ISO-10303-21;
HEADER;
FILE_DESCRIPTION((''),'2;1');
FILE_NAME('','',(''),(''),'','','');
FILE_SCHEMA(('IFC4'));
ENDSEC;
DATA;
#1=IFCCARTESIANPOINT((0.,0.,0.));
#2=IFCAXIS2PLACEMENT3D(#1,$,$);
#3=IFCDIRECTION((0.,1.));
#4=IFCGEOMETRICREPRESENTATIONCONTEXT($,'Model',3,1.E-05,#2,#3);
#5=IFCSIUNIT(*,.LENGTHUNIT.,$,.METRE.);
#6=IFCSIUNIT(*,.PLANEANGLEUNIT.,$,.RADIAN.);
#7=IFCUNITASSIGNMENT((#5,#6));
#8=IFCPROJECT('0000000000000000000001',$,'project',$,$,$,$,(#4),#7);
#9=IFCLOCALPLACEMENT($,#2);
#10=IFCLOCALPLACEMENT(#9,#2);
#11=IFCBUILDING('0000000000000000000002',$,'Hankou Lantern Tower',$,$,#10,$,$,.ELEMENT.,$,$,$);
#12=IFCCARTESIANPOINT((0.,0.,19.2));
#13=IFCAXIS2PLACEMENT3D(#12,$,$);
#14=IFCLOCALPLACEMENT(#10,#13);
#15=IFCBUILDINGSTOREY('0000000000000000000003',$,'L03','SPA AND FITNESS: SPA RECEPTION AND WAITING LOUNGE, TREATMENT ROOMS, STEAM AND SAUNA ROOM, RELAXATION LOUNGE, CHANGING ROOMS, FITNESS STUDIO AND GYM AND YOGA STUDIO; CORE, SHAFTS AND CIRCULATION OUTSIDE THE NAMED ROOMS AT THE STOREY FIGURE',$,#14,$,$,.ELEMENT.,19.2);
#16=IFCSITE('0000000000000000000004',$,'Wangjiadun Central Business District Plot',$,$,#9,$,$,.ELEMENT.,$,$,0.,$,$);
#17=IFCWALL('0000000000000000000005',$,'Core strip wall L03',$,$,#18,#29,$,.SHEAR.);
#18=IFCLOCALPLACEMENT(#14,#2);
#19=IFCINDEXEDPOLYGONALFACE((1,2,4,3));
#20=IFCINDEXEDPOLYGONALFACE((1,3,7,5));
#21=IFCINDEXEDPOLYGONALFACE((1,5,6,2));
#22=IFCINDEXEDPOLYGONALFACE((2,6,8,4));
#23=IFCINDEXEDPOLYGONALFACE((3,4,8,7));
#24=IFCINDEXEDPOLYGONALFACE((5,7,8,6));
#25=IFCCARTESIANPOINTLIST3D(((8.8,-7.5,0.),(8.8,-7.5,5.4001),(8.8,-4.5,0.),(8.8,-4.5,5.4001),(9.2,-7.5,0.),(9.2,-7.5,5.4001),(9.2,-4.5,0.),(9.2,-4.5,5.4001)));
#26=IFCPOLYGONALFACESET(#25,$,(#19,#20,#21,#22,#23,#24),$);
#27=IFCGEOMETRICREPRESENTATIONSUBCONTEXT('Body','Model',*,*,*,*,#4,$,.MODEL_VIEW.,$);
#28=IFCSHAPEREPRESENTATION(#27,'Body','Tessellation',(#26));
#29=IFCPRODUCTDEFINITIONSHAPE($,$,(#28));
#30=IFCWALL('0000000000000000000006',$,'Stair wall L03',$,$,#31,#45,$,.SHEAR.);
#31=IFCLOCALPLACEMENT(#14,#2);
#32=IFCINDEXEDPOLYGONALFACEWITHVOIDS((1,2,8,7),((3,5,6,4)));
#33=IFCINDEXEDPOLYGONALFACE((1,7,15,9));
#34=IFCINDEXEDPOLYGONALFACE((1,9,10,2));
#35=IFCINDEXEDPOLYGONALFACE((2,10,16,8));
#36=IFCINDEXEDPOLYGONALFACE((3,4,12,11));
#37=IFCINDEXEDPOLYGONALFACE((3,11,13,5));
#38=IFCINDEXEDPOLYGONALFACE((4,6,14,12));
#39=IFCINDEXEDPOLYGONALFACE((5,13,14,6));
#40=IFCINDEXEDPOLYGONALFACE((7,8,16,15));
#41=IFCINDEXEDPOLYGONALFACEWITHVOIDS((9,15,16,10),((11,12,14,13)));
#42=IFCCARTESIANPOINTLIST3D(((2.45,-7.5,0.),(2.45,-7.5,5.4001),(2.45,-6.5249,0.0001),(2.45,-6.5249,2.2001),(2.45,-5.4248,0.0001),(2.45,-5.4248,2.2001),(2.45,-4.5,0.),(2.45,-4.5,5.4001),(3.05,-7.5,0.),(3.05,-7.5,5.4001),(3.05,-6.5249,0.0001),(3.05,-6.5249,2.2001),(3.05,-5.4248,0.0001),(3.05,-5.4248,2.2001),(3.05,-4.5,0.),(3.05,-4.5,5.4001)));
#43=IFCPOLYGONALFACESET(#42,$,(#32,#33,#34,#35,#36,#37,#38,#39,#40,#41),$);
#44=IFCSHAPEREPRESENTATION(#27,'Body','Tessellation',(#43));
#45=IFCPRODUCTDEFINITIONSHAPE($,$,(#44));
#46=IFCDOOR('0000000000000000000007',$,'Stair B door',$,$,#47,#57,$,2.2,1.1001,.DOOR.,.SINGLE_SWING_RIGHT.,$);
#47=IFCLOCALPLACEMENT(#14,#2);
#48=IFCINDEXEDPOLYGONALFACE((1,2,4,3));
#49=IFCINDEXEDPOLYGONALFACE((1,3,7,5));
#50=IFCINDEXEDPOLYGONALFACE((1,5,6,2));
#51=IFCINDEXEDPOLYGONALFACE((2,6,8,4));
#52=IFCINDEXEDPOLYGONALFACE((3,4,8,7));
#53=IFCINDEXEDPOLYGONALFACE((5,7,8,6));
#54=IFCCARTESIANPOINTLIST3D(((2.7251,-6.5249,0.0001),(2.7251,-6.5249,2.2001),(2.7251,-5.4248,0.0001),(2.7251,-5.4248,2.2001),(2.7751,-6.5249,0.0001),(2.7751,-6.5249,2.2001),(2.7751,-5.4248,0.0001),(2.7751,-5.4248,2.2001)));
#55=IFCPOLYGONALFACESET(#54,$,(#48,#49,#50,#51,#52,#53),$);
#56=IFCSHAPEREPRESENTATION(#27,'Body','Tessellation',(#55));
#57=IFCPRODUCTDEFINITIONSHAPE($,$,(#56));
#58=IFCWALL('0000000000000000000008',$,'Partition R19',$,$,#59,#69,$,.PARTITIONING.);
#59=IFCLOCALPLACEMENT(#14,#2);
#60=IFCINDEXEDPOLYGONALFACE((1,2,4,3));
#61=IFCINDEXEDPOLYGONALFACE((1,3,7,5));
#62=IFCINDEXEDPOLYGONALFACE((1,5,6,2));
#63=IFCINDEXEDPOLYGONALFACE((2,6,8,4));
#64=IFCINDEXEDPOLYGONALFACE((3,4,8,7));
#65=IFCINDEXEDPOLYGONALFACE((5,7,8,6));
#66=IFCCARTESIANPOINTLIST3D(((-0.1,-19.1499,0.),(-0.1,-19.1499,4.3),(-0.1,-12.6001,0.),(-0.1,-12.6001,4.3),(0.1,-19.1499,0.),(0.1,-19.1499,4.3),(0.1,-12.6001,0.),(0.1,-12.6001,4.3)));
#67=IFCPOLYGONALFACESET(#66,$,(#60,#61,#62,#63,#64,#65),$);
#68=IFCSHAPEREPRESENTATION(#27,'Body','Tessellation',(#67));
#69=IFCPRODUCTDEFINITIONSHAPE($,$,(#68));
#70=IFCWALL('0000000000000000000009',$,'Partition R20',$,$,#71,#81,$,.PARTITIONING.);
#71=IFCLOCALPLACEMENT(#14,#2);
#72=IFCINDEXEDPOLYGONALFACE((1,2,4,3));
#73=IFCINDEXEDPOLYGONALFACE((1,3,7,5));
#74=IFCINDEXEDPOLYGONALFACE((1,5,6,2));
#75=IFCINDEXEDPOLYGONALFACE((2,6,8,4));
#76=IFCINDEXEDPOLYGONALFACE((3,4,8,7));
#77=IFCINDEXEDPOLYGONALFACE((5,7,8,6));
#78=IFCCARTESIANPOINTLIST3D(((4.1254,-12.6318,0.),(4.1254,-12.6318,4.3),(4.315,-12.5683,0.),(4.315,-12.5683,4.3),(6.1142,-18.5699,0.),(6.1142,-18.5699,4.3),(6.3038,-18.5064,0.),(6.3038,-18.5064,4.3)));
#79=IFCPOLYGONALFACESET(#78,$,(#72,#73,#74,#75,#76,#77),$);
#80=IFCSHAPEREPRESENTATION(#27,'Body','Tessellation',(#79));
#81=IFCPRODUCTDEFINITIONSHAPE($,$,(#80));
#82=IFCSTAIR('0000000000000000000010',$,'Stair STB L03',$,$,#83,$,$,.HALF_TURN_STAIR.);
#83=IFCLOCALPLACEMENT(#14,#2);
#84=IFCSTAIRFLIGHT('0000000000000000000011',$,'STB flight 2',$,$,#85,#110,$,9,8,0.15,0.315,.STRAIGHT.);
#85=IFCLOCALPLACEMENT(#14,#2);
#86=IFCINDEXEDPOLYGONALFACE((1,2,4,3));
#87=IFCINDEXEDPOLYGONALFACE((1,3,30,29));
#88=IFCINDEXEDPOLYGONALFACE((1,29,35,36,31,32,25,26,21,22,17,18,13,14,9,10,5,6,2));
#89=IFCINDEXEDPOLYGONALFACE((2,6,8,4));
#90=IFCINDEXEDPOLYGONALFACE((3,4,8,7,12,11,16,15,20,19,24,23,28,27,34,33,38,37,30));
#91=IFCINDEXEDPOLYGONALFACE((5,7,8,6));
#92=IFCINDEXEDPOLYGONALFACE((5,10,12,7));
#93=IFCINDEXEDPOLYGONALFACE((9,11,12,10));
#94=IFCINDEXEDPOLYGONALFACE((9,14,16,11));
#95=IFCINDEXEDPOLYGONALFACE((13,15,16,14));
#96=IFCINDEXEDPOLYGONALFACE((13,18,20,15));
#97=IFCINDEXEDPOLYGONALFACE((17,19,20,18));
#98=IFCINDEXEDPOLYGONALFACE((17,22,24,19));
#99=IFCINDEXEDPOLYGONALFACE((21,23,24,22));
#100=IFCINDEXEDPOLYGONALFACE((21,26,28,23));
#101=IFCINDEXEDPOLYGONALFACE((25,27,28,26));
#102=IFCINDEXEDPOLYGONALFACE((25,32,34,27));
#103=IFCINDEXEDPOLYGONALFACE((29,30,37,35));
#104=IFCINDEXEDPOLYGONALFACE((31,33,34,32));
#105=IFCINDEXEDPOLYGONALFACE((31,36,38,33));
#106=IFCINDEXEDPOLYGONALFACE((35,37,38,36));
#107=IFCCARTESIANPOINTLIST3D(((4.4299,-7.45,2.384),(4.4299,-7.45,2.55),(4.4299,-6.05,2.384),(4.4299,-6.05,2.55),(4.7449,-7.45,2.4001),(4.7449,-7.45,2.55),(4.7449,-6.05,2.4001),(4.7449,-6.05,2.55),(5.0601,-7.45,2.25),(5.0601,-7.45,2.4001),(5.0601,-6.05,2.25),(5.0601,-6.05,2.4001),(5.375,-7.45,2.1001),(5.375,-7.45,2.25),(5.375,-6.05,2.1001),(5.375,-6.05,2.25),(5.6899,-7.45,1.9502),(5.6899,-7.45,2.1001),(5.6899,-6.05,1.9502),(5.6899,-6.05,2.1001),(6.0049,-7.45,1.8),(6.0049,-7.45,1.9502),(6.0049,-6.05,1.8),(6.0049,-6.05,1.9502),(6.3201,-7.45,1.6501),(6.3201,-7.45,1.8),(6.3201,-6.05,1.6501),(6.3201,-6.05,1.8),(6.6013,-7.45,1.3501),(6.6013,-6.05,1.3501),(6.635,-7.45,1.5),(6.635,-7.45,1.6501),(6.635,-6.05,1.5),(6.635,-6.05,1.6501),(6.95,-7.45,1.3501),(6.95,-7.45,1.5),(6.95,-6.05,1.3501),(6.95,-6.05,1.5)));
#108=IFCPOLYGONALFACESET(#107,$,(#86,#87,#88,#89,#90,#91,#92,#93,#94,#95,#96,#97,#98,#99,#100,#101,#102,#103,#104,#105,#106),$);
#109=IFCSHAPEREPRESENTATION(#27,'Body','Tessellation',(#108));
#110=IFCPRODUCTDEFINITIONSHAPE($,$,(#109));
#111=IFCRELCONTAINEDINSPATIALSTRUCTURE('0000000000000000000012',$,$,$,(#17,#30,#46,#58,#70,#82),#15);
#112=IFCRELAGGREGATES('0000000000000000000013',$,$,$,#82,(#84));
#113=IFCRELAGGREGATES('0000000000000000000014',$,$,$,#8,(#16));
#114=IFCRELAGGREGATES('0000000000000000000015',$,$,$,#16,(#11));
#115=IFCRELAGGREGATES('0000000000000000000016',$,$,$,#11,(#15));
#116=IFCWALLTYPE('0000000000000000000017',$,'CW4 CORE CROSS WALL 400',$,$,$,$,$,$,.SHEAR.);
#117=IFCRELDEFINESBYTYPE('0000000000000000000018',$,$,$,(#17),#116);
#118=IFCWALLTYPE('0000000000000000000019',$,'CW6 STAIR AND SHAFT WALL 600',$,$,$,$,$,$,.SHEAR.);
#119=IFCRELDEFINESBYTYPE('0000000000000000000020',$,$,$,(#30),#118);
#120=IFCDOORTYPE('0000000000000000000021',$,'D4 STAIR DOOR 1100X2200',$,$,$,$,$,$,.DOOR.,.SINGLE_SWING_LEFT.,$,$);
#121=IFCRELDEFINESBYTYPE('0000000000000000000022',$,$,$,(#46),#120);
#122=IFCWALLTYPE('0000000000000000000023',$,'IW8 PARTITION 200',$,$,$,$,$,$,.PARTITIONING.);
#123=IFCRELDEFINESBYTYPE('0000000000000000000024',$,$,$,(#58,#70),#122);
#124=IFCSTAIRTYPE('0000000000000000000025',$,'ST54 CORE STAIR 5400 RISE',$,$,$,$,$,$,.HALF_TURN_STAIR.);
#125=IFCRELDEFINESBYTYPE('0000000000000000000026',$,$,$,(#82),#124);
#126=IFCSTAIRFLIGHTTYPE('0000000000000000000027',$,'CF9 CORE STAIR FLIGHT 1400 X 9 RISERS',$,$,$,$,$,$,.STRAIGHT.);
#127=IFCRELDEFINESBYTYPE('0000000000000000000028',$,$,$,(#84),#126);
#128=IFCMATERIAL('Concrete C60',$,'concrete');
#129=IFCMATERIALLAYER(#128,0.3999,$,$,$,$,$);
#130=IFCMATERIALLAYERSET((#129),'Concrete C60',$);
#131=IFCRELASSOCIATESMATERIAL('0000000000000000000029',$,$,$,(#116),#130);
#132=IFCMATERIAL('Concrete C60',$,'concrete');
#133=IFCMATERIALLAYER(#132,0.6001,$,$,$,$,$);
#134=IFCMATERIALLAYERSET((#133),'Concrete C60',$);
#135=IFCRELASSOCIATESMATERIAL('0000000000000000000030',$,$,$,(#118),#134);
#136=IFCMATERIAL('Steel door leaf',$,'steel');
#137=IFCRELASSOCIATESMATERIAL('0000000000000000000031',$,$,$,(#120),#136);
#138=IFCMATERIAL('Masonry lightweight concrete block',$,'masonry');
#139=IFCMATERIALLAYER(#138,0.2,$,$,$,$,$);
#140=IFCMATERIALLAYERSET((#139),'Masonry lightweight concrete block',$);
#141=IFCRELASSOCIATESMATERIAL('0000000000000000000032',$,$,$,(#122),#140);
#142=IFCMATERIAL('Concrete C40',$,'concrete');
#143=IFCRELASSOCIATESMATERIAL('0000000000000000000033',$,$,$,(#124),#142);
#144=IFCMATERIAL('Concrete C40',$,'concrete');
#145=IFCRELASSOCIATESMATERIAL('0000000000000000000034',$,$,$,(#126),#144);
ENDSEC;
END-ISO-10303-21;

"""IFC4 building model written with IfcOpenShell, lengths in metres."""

from ifc_helpers import new_model, si_unit, direction, frame, frame_2d, origin, place, context, subcontext, project, spatial, polyline, rectangle, outline, extrude, material, layer, layer_set, type_object, element, fill, aggregate, save


model = new_model("IFC4")

# Units and contexts
model_context = context("Model", 3, precision=1e-05, world=origin(), true_north=direction((0.0, 1.0)))
body_context = subcontext(model_context, "Body", "Model", "MODEL_VIEW")
ifc_project = project(units=[si_unit("LENGTHUNIT", "METRE"), si_unit("PLANEANGLEUNIT", "RADIAN")], contexts=[model_context])

# Site, building, storey
site_placement = place(None, origin())
site = spatial("IfcSite", under=ifc_project, at=site_placement, Name="Wangjiadun Central Business District Plot", CompositionType="ELEMENT", RefElevation=0.0)
building_placement = place(site_placement, origin())
building = spatial("IfcBuilding", under=site, at=building_placement, Name="Hankou Lantern Tower", CompositionType="ELEMENT")
storey_placement = place(building_placement, frame((0.0, 0.0, 19.2)))
storey = spatial("IfcBuildingStorey", under=building, at=storey_placement, Name="L03", Description="SPA AND FITNESS: SPA RECEPTION AND WAITING LOUNGE, TREATMENT ROOMS, STEAM AND SAUNA ROOM, RELAXATION LOUNGE, CHANGING ROOMS, FITNESS STUDIO AND GYM AND YOGA STUDIO; CORE, SHAFTS AND CIRCULATION OUTSIDE THE NAMED ROOMS AT THE STOREY FIGURE", CompositionType="ELEMENT", Elevation=19.2)

# Wall
ifc_material_1 = material(Name="Concrete C60", Category="concrete")
ifc_layer_1 = layer(ifc_material_1, 0.3999)
ifc_layer_set_1 = layer_set([ifc_layer_1], Name="Concrete C60")
wall_type_1 = type_object("IfcWallType", Name="CW4 CORE CROSS WALL 400", PredefinedType="SHEAR", material=ifc_layer_set_1)
wall_1_placement = place(storey_placement, frame((9.0, -7.5, 0.0), z_axis=(0.0, 0.0, 1.0), x_axis=(0.0, 1.0, 0.0)))
element("IfcWall", 1, at=wall_1_placement, inside=storey, type_object=wall_type_1, Name="Core strip wall L03", PredefinedType="SHEAR", context=body_context, shape_type="SweptSolid", body=[
    extrude(rectangle(XDim=3.0, YDim=0.3999, at=frame_2d((1.5, 0.0))), origin(), (0.0, 0.0, 1.0), 5.4001),
])

# Wall, opening, door
ifc_material_2 = material(Name="Concrete C60", Category="concrete")
ifc_layer_2 = layer(ifc_material_2, 0.6001)
ifc_layer_set_2 = layer_set([ifc_layer_2], Name="Concrete C60")
wall_type_2 = type_object("IfcWallType", Name="CW6 STAIR AND SHAFT WALL 600", PredefinedType="SHEAR", material=ifc_layer_set_2)
wall_2_placement = place(storey_placement, frame((2.75, -7.5, 0.0), z_axis=(0.0, 0.0, 1.0), x_axis=(0.0, 1.0, 0.0)))
wall_2 = element("IfcWall", 2, at=wall_2_placement, inside=storey, type_object=wall_type_2, Name="Stair wall L03", PredefinedType="SHEAR", context=body_context, shape_type="SweptSolid", body=[
    extrude(rectangle(XDim=3.0, YDim=0.6001, at=frame_2d((1.5, 0.0))), origin(), (0.0, 0.0, 1.0), 5.4001),
])
opening_1_placement = place(wall_2_placement, frame((0.9751, 0.0, 0.0)))
opening_1 = element("IfcOpeningElement", 3, at=opening_1_placement, cuts=wall_2, PredefinedType="OPENING", context=body_context, shape_type="SweptSolid", body=[
    extrude(rectangle(XDim=1.1001, YDim=2.2, at=frame_2d((0.55, 1.1001))), frame((0.0, 0.3101, 0.0), z_axis=(0.0, -1.0, 0.0), x_axis=(1.0, 0.0, 0.0)), (0.0, 0.0, 1.0), 0.6201),
])
ifc_material_3 = material(Name="Steel door leaf", Category="steel")
door_type_1 = type_object("IfcDoorType", Name="D4 STAIR DOOR 1100X2200", OperationType="SINGLE_SWING_LEFT", PredefinedType="DOOR", material=ifc_material_3)
door_1_placement = place(opening_1_placement, origin())
door_1 = element("IfcDoor", 4, at=door_1_placement, inside=storey, type_object=door_type_1, Name="Stair B door", OperationType="SINGLE_SWING_RIGHT", OverallHeight=2.2, OverallWidth=1.1001, PredefinedType="DOOR", context=body_context, shape_type="SweptSolid", body=[
    extrude(rectangle(XDim=1.1001, YDim=2.2, at=frame_2d((0.55, 1.1001))), frame((0.0, 0.0249, 0.0), z_axis=(0.0, -1.0, 0.0), x_axis=(1.0, 0.0, 0.0)), (0.0, 0.0, 1.0), 0.05),
])
fill(opening_1, door_1)

# Walls
ifc_material_4 = material(Name="Masonry lightweight concrete block", Category="masonry")
ifc_layer_3 = layer(ifc_material_4, 0.2)
ifc_layer_set_3 = layer_set([ifc_layer_3], Name="Masonry lightweight concrete block")
wall_type_3 = type_object("IfcWallType", Name="IW8 PARTITION 200", PredefinedType="PARTITIONING", material=ifc_layer_set_3)
wall_3_placement = place(storey_placement, frame((0.0, -12.6001, 0.0), z_axis=(0.0, 0.0, 1.0), x_axis=(0.0, -1.0, 0.0)))
element("IfcWall", 5, at=wall_3_placement, inside=storey, type_object=wall_type_3, Name="Partition R19", PredefinedType="PARTITIONING", context=body_context, shape_type="SweptSolid", body=[
    extrude(rectangle(XDim=6.5498, YDim=0.2, at=frame_2d((3.2749, 0.0))), origin(), (0.0, 0.0, 1.0), 4.3),
])
wall_4_placement = place(storey_placement, frame((4.2202, -12.6001, 0.0), z_axis=(0.0, 0.0, 1.0), x_axis=(0.317584, -0.94823, 0.0)))
element("IfcWall", 6, at=wall_4_placement, inside=storey, type_object=wall_type_3, Name="Partition R20", PredefinedType="PARTITIONING", context=body_context, shape_type="SweptSolid", body=[
    extrude(rectangle(XDim=6.2622, YDim=0.2, at=frame_2d((3.1311, 0.0))), origin(), (0.0, 0.0, 1.0), 4.3),
])

# Stair, stair flight
ifc_material_5 = material(Name="Concrete C40", Category="concrete")
stair_type = type_object("IfcStairType", Name="ST54 CORE STAIR 5400 RISE", PredefinedType="HALF_TURN_STAIR", material=ifc_material_5)
stair_placement = place(storey_placement, origin())
stair = element("IfcStair", 7, at=stair_placement, inside=storey, type_object=stair_type, Name="Stair STB L03", PredefinedType="HALF_TURN_STAIR")
ifc_material_6 = material(Name="Concrete C40", Category="concrete")
stair_flight_type = type_object("IfcStairFlightType", Name="CF9 CORE STAIR FLIGHT 1400 X 9 RISERS", PredefinedType="STRAIGHT", material=ifc_material_6)
stair_flight_placement = place(storey_placement, frame((6.95, -6.75, 1.3501), z_axis=(0.0, 0.0, 1.0), x_axis=(-1.0, 0.0, 0.0)))
stair_flight = element("IfcStairFlight", 8, at=stair_flight_placement, type_object=stair_flight_type, Name="STB flight 2", NumberOfRisers=9, NumberOfTreads=8, PredefinedType="STRAIGHT", RiserHeight=0.15, TreadLength=0.315, context=body_context, shape_type="SweptSolid", body=[
    extrude(outline(polyline([(0.0, 0.0), (0.0, 0.1499), (0.3149, 0.1499), (0.3149, 0.3), (0.6299, 0.3), (0.6299, 0.45), (0.9451, 0.45), (0.9451, 0.6001), (1.26, 0.6001), (1.26, 0.75), (1.575, 0.75), (1.575, 0.8999), (1.8899, 0.8999), (1.8899, 1.05), (2.2051, 1.05), (2.2051, 1.2), (2.52, 1.2), (2.52, 1.3501), (2.52, 1.0339), (0.3486, 0.0), (0.0, 0.0)])), frame((0.0, 0.7, 0.0), z_axis=(0.0, -1.0, 0.0), x_axis=(1.0, 0.0, 0.0)), (0.0, 0.0, 1.0), 1.3999),
])
aggregate(stair, [stair_flight])

save(model, "model.ifc")
